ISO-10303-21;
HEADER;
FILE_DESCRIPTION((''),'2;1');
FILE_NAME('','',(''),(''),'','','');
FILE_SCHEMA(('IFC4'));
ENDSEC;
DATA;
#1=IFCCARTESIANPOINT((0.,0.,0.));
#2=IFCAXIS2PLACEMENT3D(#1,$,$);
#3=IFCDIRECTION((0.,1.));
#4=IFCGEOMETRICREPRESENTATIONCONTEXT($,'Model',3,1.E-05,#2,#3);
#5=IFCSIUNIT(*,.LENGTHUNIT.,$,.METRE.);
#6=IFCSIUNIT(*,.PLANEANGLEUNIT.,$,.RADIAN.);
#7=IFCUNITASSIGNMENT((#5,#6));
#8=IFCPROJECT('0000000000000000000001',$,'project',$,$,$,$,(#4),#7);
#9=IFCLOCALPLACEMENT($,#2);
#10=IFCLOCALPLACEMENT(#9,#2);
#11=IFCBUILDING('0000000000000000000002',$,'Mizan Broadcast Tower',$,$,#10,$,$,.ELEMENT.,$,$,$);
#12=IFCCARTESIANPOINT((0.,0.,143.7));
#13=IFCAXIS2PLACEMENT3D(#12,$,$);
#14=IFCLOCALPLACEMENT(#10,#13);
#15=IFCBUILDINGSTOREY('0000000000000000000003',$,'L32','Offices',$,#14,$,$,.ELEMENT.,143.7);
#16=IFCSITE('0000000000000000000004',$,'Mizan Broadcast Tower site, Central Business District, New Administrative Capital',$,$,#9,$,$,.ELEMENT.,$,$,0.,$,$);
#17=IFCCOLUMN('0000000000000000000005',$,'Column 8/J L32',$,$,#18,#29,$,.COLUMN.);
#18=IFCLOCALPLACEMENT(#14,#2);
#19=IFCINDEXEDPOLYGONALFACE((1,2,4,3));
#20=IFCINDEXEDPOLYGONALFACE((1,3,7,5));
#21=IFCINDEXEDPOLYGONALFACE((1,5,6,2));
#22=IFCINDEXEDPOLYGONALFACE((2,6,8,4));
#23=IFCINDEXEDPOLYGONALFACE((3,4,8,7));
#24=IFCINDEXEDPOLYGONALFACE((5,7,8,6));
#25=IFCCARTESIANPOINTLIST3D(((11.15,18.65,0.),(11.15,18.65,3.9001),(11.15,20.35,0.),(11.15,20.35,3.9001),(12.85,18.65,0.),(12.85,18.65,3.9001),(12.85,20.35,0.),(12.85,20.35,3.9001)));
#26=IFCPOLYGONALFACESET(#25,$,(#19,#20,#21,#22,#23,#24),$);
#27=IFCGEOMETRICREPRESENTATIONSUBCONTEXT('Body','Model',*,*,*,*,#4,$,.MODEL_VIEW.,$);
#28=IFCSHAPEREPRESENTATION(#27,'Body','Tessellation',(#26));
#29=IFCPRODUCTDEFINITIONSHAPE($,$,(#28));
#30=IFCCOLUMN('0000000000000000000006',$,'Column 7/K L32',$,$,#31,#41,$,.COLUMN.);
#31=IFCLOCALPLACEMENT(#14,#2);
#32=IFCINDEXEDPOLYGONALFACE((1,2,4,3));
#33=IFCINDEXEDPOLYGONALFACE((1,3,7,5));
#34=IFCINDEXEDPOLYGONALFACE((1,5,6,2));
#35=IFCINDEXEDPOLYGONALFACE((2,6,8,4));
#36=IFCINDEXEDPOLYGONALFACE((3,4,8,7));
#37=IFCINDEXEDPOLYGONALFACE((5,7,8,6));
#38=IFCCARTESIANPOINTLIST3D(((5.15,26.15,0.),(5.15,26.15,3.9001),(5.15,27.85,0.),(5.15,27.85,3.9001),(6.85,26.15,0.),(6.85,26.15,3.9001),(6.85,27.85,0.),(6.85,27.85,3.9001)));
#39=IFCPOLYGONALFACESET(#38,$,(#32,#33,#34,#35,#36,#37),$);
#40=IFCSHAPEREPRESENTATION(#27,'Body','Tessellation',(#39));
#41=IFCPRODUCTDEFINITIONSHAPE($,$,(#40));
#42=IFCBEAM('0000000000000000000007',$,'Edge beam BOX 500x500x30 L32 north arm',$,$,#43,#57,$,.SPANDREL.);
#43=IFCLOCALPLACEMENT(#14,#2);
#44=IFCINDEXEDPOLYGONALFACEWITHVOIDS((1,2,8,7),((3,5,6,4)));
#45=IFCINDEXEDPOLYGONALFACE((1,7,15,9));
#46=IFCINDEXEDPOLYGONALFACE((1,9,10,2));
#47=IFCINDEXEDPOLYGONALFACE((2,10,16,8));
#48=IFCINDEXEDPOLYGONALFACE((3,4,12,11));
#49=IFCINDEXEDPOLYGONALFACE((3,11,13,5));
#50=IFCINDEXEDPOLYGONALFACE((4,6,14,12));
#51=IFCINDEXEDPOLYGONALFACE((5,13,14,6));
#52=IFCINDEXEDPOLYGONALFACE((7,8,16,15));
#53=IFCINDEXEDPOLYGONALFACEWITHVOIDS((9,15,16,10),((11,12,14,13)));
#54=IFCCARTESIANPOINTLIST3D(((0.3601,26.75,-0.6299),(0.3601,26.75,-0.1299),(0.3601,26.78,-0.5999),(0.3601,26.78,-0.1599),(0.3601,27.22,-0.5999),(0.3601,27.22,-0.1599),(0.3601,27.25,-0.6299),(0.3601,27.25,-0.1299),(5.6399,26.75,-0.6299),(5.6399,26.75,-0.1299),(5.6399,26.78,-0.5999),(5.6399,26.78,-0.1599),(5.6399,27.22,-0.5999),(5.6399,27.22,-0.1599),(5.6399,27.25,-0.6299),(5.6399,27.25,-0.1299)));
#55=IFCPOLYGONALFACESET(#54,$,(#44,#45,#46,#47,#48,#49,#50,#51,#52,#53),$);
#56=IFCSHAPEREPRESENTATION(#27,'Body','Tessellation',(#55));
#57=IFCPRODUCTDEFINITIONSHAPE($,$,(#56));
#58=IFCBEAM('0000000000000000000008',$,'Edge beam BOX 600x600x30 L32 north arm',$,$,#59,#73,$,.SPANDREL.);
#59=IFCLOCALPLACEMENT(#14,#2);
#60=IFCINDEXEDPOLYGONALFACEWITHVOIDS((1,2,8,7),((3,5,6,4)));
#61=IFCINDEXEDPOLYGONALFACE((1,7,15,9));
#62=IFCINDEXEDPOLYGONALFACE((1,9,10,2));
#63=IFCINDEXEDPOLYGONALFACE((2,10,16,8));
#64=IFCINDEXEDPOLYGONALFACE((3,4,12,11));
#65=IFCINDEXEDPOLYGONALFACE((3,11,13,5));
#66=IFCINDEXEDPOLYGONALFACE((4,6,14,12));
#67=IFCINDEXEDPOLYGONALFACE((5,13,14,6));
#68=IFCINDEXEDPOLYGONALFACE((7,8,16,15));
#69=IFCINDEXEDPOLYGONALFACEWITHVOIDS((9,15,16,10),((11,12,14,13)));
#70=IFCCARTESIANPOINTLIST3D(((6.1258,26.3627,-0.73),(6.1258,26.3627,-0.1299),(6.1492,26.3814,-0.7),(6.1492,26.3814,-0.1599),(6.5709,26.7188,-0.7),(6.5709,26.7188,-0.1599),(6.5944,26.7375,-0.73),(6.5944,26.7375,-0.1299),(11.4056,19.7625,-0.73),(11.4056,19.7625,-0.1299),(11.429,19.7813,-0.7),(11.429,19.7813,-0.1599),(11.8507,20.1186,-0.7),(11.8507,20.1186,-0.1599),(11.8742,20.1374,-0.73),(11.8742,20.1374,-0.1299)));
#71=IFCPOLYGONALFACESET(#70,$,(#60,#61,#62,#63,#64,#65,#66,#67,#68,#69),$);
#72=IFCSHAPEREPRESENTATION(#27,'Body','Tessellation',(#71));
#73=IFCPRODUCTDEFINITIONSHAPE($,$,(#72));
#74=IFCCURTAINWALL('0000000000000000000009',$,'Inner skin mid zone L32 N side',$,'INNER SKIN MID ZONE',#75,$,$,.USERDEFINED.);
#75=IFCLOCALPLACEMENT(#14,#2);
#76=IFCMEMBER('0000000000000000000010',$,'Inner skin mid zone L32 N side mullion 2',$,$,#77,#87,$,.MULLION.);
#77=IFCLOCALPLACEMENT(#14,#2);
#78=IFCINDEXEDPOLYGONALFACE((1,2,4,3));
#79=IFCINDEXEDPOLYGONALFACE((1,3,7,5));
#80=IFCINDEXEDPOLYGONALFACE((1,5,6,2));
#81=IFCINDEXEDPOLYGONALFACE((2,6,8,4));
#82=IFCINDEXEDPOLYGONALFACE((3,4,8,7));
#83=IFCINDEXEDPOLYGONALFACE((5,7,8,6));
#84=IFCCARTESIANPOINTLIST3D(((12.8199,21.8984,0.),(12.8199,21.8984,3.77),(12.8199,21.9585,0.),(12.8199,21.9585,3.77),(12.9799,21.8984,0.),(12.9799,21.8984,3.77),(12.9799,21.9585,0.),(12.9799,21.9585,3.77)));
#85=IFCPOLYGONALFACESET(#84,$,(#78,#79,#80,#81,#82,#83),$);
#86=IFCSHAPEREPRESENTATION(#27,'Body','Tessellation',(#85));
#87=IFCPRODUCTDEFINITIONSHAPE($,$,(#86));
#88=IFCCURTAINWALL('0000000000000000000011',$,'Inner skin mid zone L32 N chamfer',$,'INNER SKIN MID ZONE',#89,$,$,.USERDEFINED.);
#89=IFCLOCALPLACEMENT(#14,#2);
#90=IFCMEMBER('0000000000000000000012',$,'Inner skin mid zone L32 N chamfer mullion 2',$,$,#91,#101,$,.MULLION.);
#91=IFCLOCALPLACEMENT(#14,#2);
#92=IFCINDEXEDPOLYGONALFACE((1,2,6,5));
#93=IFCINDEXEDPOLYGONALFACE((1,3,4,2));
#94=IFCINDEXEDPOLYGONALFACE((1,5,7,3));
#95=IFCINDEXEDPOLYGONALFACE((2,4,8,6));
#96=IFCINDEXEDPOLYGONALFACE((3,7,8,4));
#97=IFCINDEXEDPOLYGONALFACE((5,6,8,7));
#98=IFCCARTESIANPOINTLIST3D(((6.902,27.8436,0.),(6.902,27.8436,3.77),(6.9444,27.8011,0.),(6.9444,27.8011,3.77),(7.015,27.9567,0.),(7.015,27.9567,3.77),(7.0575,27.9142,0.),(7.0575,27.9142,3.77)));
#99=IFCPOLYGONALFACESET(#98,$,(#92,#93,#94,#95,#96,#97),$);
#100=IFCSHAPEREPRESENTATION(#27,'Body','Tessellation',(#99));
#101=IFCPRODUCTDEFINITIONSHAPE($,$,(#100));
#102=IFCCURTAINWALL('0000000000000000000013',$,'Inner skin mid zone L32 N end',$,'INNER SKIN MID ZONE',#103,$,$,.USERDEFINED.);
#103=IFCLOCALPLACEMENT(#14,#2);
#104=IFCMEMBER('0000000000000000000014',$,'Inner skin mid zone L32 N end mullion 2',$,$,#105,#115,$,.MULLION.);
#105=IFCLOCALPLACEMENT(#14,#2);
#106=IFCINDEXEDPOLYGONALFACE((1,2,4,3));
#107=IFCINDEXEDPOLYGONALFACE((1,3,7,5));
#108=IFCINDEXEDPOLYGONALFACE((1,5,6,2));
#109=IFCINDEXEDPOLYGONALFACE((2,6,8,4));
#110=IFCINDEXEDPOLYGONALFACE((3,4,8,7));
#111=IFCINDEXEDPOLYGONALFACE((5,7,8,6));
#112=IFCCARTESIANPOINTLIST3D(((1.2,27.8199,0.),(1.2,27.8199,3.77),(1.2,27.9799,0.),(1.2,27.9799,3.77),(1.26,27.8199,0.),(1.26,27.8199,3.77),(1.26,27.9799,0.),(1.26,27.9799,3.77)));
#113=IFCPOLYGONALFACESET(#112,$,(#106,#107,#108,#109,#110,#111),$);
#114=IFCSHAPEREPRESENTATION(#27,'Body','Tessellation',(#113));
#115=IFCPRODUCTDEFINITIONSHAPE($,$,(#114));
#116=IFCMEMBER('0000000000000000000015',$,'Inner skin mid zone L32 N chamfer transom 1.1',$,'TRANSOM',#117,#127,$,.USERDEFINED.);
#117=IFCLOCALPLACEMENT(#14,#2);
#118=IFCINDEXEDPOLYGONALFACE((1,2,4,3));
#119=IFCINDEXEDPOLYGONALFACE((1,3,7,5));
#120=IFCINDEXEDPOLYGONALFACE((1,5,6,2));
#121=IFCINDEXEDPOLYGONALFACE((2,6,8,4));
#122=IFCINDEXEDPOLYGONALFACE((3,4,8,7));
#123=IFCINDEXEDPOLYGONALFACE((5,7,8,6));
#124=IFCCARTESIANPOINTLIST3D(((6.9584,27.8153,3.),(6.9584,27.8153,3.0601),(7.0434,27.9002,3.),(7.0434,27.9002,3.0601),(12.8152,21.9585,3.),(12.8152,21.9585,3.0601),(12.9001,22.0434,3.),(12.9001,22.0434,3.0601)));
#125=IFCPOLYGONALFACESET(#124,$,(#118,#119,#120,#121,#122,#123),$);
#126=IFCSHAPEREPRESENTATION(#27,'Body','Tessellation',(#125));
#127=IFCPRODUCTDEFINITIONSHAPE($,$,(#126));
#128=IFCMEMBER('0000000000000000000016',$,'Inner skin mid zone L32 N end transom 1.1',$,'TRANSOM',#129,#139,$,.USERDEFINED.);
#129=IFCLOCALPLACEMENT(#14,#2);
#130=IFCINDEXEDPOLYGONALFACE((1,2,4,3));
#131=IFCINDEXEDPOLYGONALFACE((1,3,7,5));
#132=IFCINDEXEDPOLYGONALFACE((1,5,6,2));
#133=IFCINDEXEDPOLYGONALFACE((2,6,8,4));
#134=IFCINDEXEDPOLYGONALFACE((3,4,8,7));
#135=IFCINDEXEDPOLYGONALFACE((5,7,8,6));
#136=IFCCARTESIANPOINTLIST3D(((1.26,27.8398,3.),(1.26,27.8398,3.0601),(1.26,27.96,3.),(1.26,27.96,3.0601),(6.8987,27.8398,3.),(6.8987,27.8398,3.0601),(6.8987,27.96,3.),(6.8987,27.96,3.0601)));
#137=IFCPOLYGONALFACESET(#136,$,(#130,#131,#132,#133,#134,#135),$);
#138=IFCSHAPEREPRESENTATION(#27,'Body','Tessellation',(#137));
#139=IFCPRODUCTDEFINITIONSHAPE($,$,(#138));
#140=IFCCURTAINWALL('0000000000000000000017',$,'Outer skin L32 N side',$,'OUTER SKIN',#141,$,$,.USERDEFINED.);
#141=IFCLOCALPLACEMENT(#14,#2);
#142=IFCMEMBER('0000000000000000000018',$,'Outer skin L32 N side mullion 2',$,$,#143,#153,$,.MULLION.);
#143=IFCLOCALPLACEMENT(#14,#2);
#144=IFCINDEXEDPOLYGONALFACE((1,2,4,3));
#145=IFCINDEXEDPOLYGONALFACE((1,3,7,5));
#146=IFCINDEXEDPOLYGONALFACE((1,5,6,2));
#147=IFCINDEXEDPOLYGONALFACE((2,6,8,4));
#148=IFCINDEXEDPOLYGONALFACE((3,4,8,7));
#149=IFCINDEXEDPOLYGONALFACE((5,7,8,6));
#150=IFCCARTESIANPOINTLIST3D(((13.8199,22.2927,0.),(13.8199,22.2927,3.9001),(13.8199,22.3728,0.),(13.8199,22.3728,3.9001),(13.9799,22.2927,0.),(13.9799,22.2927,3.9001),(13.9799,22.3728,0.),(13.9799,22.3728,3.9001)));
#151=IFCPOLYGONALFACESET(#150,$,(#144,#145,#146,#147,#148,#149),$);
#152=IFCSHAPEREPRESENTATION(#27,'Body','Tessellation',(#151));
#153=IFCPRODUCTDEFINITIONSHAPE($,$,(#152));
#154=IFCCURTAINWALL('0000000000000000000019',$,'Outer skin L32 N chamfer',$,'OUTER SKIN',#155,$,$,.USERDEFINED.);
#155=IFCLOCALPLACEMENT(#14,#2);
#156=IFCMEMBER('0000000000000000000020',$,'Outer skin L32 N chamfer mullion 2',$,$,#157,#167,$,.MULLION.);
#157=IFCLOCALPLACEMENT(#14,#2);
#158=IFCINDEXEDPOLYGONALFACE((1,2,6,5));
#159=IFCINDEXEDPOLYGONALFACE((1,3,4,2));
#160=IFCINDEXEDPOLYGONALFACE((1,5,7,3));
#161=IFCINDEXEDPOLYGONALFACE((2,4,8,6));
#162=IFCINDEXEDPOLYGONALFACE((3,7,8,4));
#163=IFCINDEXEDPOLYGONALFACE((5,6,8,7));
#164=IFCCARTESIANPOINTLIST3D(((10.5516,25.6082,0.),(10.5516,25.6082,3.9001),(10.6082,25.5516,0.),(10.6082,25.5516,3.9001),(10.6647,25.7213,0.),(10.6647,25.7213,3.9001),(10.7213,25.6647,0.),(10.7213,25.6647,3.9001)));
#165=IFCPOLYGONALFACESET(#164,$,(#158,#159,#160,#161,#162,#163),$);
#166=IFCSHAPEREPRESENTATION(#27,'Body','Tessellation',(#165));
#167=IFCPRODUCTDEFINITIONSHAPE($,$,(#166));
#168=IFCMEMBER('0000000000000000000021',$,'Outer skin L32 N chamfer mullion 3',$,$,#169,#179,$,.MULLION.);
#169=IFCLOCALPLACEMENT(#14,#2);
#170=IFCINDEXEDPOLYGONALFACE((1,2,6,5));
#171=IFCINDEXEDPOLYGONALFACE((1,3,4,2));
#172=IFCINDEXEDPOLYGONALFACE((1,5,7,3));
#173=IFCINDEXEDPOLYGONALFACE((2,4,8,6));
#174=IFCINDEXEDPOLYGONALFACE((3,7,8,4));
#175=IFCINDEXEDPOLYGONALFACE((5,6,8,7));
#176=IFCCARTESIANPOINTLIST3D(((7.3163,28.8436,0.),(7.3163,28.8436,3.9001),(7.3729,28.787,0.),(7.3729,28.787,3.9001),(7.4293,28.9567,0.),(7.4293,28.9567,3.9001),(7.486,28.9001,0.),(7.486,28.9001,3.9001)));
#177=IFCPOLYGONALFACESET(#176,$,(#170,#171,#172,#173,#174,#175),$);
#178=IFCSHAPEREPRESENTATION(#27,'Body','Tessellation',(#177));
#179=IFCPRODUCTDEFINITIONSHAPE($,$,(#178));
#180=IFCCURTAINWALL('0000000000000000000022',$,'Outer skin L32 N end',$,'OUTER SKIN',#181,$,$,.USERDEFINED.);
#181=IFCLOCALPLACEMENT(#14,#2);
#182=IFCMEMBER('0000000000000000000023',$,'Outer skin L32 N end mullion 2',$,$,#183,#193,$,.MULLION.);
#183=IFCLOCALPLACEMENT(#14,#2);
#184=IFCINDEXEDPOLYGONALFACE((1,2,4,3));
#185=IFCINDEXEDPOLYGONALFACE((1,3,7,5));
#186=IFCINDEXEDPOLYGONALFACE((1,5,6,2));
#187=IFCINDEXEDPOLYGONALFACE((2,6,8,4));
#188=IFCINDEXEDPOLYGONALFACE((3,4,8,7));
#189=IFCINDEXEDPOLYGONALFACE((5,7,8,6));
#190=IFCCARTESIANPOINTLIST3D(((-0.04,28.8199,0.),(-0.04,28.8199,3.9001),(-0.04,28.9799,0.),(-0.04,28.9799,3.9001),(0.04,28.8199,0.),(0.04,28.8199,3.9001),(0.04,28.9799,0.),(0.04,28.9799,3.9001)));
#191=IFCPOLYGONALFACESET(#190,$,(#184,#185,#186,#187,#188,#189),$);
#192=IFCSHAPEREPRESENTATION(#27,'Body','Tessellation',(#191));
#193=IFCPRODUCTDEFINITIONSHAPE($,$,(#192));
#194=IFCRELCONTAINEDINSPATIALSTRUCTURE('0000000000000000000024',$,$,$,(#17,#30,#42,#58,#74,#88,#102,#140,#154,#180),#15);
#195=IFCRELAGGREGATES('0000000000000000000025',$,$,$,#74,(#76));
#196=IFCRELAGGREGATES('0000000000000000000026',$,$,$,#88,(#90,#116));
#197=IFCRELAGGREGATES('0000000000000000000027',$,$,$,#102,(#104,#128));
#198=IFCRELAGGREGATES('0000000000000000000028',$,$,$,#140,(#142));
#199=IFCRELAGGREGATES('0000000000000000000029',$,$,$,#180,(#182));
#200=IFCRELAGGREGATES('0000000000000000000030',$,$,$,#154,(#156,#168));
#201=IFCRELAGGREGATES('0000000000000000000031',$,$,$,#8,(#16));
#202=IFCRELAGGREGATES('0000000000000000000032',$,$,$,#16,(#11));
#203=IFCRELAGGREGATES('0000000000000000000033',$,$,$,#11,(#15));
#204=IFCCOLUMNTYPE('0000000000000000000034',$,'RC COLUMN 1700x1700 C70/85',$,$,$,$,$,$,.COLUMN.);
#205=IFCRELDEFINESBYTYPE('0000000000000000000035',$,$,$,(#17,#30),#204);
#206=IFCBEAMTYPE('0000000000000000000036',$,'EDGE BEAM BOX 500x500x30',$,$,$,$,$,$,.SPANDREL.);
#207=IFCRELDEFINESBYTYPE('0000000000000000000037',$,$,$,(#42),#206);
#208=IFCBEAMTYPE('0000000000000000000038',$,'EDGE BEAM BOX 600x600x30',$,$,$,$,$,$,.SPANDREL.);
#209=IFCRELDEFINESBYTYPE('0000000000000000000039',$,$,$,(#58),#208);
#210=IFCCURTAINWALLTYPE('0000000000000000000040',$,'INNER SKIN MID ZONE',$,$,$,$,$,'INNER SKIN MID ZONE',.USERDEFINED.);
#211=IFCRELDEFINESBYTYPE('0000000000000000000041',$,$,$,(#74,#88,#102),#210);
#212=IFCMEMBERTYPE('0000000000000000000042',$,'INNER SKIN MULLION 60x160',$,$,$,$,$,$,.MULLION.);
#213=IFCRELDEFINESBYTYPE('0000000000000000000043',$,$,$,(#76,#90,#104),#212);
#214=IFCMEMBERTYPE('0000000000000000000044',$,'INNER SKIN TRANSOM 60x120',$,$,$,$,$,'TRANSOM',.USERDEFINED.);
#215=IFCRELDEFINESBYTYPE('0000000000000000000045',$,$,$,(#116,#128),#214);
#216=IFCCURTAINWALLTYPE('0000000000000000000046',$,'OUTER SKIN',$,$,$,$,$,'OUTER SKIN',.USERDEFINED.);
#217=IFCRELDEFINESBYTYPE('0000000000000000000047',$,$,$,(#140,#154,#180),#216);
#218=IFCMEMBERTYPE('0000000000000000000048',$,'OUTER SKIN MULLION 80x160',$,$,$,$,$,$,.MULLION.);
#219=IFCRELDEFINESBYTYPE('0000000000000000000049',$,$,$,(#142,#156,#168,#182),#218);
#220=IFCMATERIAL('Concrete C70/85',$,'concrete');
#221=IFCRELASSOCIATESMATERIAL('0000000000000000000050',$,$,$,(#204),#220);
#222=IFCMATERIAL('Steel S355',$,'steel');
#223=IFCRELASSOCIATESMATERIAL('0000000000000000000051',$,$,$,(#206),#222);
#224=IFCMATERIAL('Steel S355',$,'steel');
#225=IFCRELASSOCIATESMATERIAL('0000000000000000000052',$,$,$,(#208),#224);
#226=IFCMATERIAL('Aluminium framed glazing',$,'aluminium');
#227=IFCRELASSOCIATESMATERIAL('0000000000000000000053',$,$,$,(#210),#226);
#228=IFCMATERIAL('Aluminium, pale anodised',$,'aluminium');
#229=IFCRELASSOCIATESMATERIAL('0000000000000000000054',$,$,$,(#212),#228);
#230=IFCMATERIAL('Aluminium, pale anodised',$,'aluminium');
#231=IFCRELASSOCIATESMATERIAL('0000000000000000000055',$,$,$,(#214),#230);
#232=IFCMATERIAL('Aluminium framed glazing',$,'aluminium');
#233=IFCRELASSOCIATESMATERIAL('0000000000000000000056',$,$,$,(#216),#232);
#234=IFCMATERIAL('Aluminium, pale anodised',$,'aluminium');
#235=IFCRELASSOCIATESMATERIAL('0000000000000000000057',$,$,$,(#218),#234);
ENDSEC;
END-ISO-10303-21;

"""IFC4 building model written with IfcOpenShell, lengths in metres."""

from ifc_helpers import new_model, si_unit, direction, frame, origin, origin_2d, place, context, subcontext, project, spatial, rectangle, hollow_rectangle, extrude, material, material_profile, profile_set, type_object, element, aggregate, save


model = new_model("IFC4")

# Units and contexts
model_context = context("Model", 3, precision=1e-05, world=origin(), true_north=direction((0.0, 1.0)))
body_context = subcontext(model_context, "Body", "Model", "MODEL_VIEW")
ifc_project = project(units=[si_unit("LENGTHUNIT", "METRE"), si_unit("PLANEANGLEUNIT", "RADIAN")], contexts=[model_context])

# Site, building, storey
site_placement = place(None, origin())
site = spatial("IfcSite", under=ifc_project, at=site_placement, Name="Mizan Broadcast Tower site, Central Business District, New Administrative Capital", CompositionType="ELEMENT", RefElevation=0.0)
building_placement = place(site_placement, origin())
building = spatial("IfcBuilding", under=site, at=building_placement, Name="Mizan Broadcast Tower", CompositionType="ELEMENT")
storey_placement = place(building_placement, frame((0.0, 0.0, 143.7)))
storey = spatial("IfcBuildingStorey", under=building, at=storey_placement, Name="L32", Description="Offices", CompositionType="ELEMENT", Elevation=143.7)

# Columns
ifc_material_1 = material(Name="Concrete C70/85", Category="concrete")
ifc_material_profile_1 = material_profile(ifc_material_1, rectangle(XDim=1.7, YDim=1.7, at=origin_2d()), Name="RC 1700x1700")
ifc_profile_set_1 = profile_set([ifc_material_profile_1], Name="Concrete C70/85")
column_type = type_object("IfcColumnType", Name="RC COLUMN 1700x1700 C70/85", PredefinedType="COLUMN", material=ifc_profile_set_1)
for number, where, z_axis, x_axis, name in (
    (1, (12.0, 19.5, 0.0), (0.0, 0.0, 1.0), (1.0, 0.0, 0.0), "Column 8/J L32"),
    (2, (6.0, 27.0, 0.0), (0.0, 0.0, 1.0), (1.0, 0.0, 0.0), "Column 7/K L32"),
):
    element("IfcColumn", number, at=place(storey_placement, frame(where, z_axis=z_axis, x_axis=x_axis)), inside=storey, type_object=column_type, Name=name, PredefinedType="COLUMN", context=body_context, shape_type="SweptSolid", body=[
        extrude(rectangle(XDim=1.7, YDim=1.7, at=origin_2d()), origin(), (0.0, 0.0, 1.0), 3.9001),
    ])

# Beams
ifc_material_2 = material(Name="Steel S355", Category="steel")
ifc_material_profile_2 = material_profile(ifc_material_2, hollow_rectangle(XDim=0.5, YDim=0.5, WallThickness=0.03, at=origin_2d()), Name="BOX 500x500x30")
ifc_profile_set_2 = profile_set([ifc_material_profile_2], Name="Steel S355")
beam_type_1 = type_object("IfcBeamType", Name="EDGE BEAM BOX 500x500x30", PredefinedType="SPANDREL", material=ifc_profile_set_2)
beam_1_placement = place(storey_placement, frame((5.6399, 27.0, -0.3799), z_axis=(-1.0, 0.0, 0.0), x_axis=(0.0, -1.0, 0.0)))
element("IfcBeam", 3, at=beam_1_placement, inside=storey, type_object=beam_type_1, Name="Edge beam BOX 500x500x30 L32 north arm", PredefinedType="SPANDREL", context=body_context, shape_type="SweptSolid", body=[
    extrude(hollow_rectangle(XDim=0.5, YDim=0.5, WallThickness=0.03, at=origin_2d()), origin(), (0.0, 0.0, 1.0), 5.2798),
])
ifc_material_3 = material(Name="Steel S355", Category="steel")
ifc_material_profile_3 = material_profile(ifc_material_3, hollow_rectangle(XDim=0.6001, YDim=0.6001, WallThickness=0.03, at=origin_2d()), Name="BOX 600x600x30")
ifc_profile_set_3 = profile_set([ifc_material_profile_3], Name="Steel S355")
beam_type_2 = type_object("IfcBeamType", Name="EDGE BEAM BOX 600x600x30", PredefinedType="SPANDREL", material=ifc_profile_set_3)
beam_2_placement = place(storey_placement, frame((11.6399, 19.95, -0.4299), z_axis=(-0.624674, 0.780886, 0.0), x_axis=(-0.780886, -0.624674, 0.0)))
element("IfcBeam", 4, at=beam_2_placement, inside=storey, type_object=beam_type_2, Name="Edge beam BOX 600x600x30 L32 north arm", PredefinedType="SPANDREL", context=body_context, shape_type="SweptSolid", body=[
    extrude(hollow_rectangle(XDim=0.6001, YDim=0.6001, WallThickness=0.03, at=origin_2d()), origin(), (0.0, 0.0, 1.0), 8.4521),
])

# Curtain walls, members
ifc_material_4 = material(Name="Aluminium framed glazing", Category="aluminium")
curtain_wall_type_1 = type_object("IfcCurtainWallType", Name="INNER SKIN MID ZONE", ElementType="INNER SKIN MID ZONE", PredefinedType="USERDEFINED", material=ifc_material_4)
curtain_wall_1_placement = place(storey_placement, origin())
curtain_wall_1 = element("IfcCurtainWall", 5, at=curtain_wall_1_placement, inside=storey, type_object=curtain_wall_type_1, Name="Inner skin mid zone L32 N side", ObjectType="INNER SKIN MID ZONE", PredefinedType="USERDEFINED")
ifc_material_5 = material(Name="Aluminium, pale anodised", Category="aluminium")
ifc_material_profile_4 = material_profile(ifc_material_5, rectangle(XDim=0.1599, YDim=0.0601, at=origin_2d()), Name="MULLION 160x60")
ifc_profile_set_4 = profile_set([ifc_material_profile_4], Name="Aluminium, pale anodised")
member_type_1 = type_object("IfcMemberType", Name="INNER SKIN MULLION 60x160", PredefinedType="MULLION", material=ifc_profile_set_4)
member_1_placement = place(storey_placement, frame((12.8999, 21.9285, 0.0), z_axis=(0.0, 0.0, 1.0), x_axis=(-1.0, 0.0, 0.0)))
member_1 = element("IfcMember", 6, at=member_1_placement, type_object=member_type_1, Name="Inner skin mid zone L32 N side mullion 2", PredefinedType="MULLION", context=body_context, shape_type="SweptSolid", body=[
    extrude(rectangle(XDim=0.1599, YDim=0.0601, at=origin_2d()), origin(), (0.0, 0.0, 1.0), 3.77),
])
curtain_wall_2_placement = place(storey_placement, origin())
curtain_wall_2 = element("IfcCurtainWall", 7, at=curtain_wall_2_placement, inside=storey, type_object=curtain_wall_type_1, Name="Inner skin mid zone L32 N chamfer", ObjectType="INNER SKIN MID ZONE", PredefinedType="USERDEFINED")
member_2_placement = place(storey_placement, frame((6.9797, 27.8789, 0.0), z_axis=(0.0, 0.0, 1.0), x_axis=(-0.707107, -0.707107, 0.0)))
member_2 = element("IfcMember", 8, at=member_2_placement, type_object=member_type_1, Name="Inner skin mid zone L32 N chamfer mullion 2", PredefinedType="MULLION", context=body_context, shape_type="SweptSolid", body=[
    extrude(rectangle(XDim=0.1599, YDim=0.0601, at=origin_2d()), origin(), (0.0, 0.0, 1.0), 3.77),
])
curtain_wall_3_placement = place(storey_placement, origin())
curtain_wall_3 = element("IfcCurtainWall", 9, at=curtain_wall_3_placement, inside=storey, type_object=curtain_wall_type_1, Name="Inner skin mid zone L32 N end", ObjectType="INNER SKIN MID ZONE", PredefinedType="USERDEFINED")
member_3_placement = place(storey_placement, frame((1.23, 27.8999, 0.0), z_axis=(0.0, 0.0, 1.0), x_axis=(0.0, -1.0, 0.0)))
member_3 = element("IfcMember", 10, at=member_3_placement, type_object=member_type_1, Name="Inner skin mid zone L32 N end mullion 2", PredefinedType="MULLION", context=body_context, shape_type="SweptSolid", body=[
    extrude(rectangle(XDim=0.1599, YDim=0.0601, at=origin_2d()), origin(), (0.0, 0.0, 1.0), 3.77),
])

# Members
ifc_material_6 = material(Name="Aluminium, pale anodised", Category="aluminium")
ifc_material_profile_5 = material_profile(ifc_material_6, rectangle(XDim=0.1201, YDim=0.0601, at=origin_2d()), Name="TRANSOM 120x60")
ifc_profile_set_5 = profile_set([ifc_material_profile_5], Name="Aluminium, pale anodised")
member_type_2 = type_object("IfcMemberType", Name="INNER SKIN TRANSOM 60x120", ElementType="TRANSOM", PredefinedType="USERDEFINED", material=ifc_profile_set_5)
member_4_placement = place(storey_placement, frame((12.8577, 22.001, 3.03), z_axis=(-0.707107, 0.707107, 0.0), x_axis=(-0.707107, -0.707107, 0.0)))
member_4 = element("IfcMember", 11, at=member_4_placement, type_object=member_type_2, Name="Inner skin mid zone L32 N chamfer transom 1.1", ObjectType="TRANSOM", PredefinedType="USERDEFINED", context=body_context, shape_type="SweptSolid", body=[
    extrude(rectangle(XDim=0.1201, YDim=0.0601, at=origin_2d()), origin(), (0.0, 0.0, 1.0), 8.2827),
])
member_5_placement = place(storey_placement, frame((6.8987, 27.8999, 3.03), z_axis=(-1.0, 0.0, 0.0), x_axis=(0.0, -1.0, 0.0)))
member_5 = element("IfcMember", 12, at=member_5_placement, type_object=member_type_2, Name="Inner skin mid zone L32 N end transom 1.1", ObjectType="TRANSOM", PredefinedType="USERDEFINED", context=body_context, shape_type="SweptSolid", body=[
    extrude(rectangle(XDim=0.1201, YDim=0.0601, at=origin_2d()), origin(), (0.0, 0.0, 1.0), 5.6387),
])

# Curtain wall, member
ifc_material_7 = material(Name="Aluminium framed glazing", Category="aluminium")
curtain_wall_type_2 = type_object("IfcCurtainWallType", Name="OUTER SKIN", ElementType="OUTER SKIN", PredefinedType="USERDEFINED", material=ifc_material_7)
curtain_wall_4_placement = place(storey_placement, origin())
curtain_wall_4 = element("IfcCurtainWall", 13, at=curtain_wall_4_placement, inside=storey, type_object=curtain_wall_type_2, Name="Outer skin L32 N side", ObjectType="OUTER SKIN", PredefinedType="USERDEFINED")
ifc_material_8 = material(Name="Aluminium, pale anodised", Category="aluminium")
ifc_material_profile_6 = material_profile(ifc_material_8, rectangle(XDim=0.1599, YDim=0.0801, at=origin_2d()), Name="MULLION 160x80")
ifc_profile_set_6 = profile_set([ifc_material_profile_6], Name="Aluminium, pale anodised")
member_type_3 = type_object("IfcMemberType", Name="OUTER SKIN MULLION 80x160", PredefinedType="MULLION", material=ifc_profile_set_6)
member_6_placement = place(storey_placement, frame((13.8999, 22.3328, 0.0), z_axis=(0.0, 0.0, 1.0), x_axis=(-1.0, 0.0, 0.0)))
member_6 = element("IfcMember", 14, at=member_6_placement, type_object=member_type_3, Name="Outer skin L32 N side mullion 2", PredefinedType="MULLION", context=body_context, shape_type="SweptSolid", body=[
    extrude(rectangle(XDim=0.1599, YDim=0.0801, at=origin_2d()), origin(), (0.0, 0.0, 1.0), 3.9001),
])

# Curtain wall, members
curtain_wall_5_placement = place(storey_placement, origin())
curtain_wall_5 = element("IfcCurtainWall", 15, at=curtain_wall_5_placement, inside=storey, type_object=curtain_wall_type_2, Name="Outer skin L32 N chamfer", ObjectType="OUTER SKIN", PredefinedType="USERDEFINED")
member_7_placement = place(storey_placement, frame((10.6365, 25.6365, 0.0), z_axis=(0.0, 0.0, 1.0), x_axis=(-0.707107, -0.707107, 0.0)))
member_7 = element("IfcMember", 16, at=member_7_placement, type_object=member_type_3, Name="Outer skin L32 N chamfer mullion 2", PredefinedType="MULLION", context=body_context, shape_type="SweptSolid", body=[
    extrude(rectangle(XDim=0.1599, YDim=0.0801, at=origin_2d()), origin(), (0.0, 0.0, 1.0), 3.9001),
])
member_8_placement = place(storey_placement, frame((7.4011, 28.8718, 0.0), z_axis=(0.0, 0.0, 1.0), x_axis=(-0.707107, -0.707107, 0.0)))
member_8 = element("IfcMember", 17, at=member_8_placement, type_object=member_type_3, Name="Outer skin L32 N chamfer mullion 3", PredefinedType="MULLION", context=body_context, shape_type="SweptSolid", body=[
    extrude(rectangle(XDim=0.1599, YDim=0.0801, at=origin_2d()), origin(), (0.0, 0.0, 1.0), 3.9001),
])

# Curtain wall, member
curtain_wall_6_placement = place(storey_placement, origin())
curtain_wall_6 = element("IfcCurtainWall", 18, at=curtain_wall_6_placement, inside=storey, type_object=curtain_wall_type_2, Name="Outer skin L32 N end", ObjectType="OUTER SKIN", PredefinedType="USERDEFINED")
member_9_placement = place(storey_placement, frame((0.0, 28.8999, 0.0), z_axis=(0.0, 0.0, 1.0), x_axis=(0.0, -1.0, 0.0)))
member_9 = element("IfcMember", 19, at=member_9_placement, type_object=member_type_3, Name="Outer skin L32 N end mullion 2", PredefinedType="MULLION", context=body_context, shape_type="SweptSolid", body=[
    extrude(rectangle(XDim=0.1599, YDim=0.0801, at=origin_2d()), origin(), (0.0, 0.0, 1.0), 3.9001),
])

aggregate(curtain_wall_1, [member_1])
aggregate(curtain_wall_2, [member_2, member_4])
aggregate(curtain_wall_3, [member_3, member_5])
aggregate(curtain_wall_4, [member_6])
aggregate(curtain_wall_6, [member_9])
aggregate(curtain_wall_5, [member_7, member_8])

save(model, "model.ifc")
